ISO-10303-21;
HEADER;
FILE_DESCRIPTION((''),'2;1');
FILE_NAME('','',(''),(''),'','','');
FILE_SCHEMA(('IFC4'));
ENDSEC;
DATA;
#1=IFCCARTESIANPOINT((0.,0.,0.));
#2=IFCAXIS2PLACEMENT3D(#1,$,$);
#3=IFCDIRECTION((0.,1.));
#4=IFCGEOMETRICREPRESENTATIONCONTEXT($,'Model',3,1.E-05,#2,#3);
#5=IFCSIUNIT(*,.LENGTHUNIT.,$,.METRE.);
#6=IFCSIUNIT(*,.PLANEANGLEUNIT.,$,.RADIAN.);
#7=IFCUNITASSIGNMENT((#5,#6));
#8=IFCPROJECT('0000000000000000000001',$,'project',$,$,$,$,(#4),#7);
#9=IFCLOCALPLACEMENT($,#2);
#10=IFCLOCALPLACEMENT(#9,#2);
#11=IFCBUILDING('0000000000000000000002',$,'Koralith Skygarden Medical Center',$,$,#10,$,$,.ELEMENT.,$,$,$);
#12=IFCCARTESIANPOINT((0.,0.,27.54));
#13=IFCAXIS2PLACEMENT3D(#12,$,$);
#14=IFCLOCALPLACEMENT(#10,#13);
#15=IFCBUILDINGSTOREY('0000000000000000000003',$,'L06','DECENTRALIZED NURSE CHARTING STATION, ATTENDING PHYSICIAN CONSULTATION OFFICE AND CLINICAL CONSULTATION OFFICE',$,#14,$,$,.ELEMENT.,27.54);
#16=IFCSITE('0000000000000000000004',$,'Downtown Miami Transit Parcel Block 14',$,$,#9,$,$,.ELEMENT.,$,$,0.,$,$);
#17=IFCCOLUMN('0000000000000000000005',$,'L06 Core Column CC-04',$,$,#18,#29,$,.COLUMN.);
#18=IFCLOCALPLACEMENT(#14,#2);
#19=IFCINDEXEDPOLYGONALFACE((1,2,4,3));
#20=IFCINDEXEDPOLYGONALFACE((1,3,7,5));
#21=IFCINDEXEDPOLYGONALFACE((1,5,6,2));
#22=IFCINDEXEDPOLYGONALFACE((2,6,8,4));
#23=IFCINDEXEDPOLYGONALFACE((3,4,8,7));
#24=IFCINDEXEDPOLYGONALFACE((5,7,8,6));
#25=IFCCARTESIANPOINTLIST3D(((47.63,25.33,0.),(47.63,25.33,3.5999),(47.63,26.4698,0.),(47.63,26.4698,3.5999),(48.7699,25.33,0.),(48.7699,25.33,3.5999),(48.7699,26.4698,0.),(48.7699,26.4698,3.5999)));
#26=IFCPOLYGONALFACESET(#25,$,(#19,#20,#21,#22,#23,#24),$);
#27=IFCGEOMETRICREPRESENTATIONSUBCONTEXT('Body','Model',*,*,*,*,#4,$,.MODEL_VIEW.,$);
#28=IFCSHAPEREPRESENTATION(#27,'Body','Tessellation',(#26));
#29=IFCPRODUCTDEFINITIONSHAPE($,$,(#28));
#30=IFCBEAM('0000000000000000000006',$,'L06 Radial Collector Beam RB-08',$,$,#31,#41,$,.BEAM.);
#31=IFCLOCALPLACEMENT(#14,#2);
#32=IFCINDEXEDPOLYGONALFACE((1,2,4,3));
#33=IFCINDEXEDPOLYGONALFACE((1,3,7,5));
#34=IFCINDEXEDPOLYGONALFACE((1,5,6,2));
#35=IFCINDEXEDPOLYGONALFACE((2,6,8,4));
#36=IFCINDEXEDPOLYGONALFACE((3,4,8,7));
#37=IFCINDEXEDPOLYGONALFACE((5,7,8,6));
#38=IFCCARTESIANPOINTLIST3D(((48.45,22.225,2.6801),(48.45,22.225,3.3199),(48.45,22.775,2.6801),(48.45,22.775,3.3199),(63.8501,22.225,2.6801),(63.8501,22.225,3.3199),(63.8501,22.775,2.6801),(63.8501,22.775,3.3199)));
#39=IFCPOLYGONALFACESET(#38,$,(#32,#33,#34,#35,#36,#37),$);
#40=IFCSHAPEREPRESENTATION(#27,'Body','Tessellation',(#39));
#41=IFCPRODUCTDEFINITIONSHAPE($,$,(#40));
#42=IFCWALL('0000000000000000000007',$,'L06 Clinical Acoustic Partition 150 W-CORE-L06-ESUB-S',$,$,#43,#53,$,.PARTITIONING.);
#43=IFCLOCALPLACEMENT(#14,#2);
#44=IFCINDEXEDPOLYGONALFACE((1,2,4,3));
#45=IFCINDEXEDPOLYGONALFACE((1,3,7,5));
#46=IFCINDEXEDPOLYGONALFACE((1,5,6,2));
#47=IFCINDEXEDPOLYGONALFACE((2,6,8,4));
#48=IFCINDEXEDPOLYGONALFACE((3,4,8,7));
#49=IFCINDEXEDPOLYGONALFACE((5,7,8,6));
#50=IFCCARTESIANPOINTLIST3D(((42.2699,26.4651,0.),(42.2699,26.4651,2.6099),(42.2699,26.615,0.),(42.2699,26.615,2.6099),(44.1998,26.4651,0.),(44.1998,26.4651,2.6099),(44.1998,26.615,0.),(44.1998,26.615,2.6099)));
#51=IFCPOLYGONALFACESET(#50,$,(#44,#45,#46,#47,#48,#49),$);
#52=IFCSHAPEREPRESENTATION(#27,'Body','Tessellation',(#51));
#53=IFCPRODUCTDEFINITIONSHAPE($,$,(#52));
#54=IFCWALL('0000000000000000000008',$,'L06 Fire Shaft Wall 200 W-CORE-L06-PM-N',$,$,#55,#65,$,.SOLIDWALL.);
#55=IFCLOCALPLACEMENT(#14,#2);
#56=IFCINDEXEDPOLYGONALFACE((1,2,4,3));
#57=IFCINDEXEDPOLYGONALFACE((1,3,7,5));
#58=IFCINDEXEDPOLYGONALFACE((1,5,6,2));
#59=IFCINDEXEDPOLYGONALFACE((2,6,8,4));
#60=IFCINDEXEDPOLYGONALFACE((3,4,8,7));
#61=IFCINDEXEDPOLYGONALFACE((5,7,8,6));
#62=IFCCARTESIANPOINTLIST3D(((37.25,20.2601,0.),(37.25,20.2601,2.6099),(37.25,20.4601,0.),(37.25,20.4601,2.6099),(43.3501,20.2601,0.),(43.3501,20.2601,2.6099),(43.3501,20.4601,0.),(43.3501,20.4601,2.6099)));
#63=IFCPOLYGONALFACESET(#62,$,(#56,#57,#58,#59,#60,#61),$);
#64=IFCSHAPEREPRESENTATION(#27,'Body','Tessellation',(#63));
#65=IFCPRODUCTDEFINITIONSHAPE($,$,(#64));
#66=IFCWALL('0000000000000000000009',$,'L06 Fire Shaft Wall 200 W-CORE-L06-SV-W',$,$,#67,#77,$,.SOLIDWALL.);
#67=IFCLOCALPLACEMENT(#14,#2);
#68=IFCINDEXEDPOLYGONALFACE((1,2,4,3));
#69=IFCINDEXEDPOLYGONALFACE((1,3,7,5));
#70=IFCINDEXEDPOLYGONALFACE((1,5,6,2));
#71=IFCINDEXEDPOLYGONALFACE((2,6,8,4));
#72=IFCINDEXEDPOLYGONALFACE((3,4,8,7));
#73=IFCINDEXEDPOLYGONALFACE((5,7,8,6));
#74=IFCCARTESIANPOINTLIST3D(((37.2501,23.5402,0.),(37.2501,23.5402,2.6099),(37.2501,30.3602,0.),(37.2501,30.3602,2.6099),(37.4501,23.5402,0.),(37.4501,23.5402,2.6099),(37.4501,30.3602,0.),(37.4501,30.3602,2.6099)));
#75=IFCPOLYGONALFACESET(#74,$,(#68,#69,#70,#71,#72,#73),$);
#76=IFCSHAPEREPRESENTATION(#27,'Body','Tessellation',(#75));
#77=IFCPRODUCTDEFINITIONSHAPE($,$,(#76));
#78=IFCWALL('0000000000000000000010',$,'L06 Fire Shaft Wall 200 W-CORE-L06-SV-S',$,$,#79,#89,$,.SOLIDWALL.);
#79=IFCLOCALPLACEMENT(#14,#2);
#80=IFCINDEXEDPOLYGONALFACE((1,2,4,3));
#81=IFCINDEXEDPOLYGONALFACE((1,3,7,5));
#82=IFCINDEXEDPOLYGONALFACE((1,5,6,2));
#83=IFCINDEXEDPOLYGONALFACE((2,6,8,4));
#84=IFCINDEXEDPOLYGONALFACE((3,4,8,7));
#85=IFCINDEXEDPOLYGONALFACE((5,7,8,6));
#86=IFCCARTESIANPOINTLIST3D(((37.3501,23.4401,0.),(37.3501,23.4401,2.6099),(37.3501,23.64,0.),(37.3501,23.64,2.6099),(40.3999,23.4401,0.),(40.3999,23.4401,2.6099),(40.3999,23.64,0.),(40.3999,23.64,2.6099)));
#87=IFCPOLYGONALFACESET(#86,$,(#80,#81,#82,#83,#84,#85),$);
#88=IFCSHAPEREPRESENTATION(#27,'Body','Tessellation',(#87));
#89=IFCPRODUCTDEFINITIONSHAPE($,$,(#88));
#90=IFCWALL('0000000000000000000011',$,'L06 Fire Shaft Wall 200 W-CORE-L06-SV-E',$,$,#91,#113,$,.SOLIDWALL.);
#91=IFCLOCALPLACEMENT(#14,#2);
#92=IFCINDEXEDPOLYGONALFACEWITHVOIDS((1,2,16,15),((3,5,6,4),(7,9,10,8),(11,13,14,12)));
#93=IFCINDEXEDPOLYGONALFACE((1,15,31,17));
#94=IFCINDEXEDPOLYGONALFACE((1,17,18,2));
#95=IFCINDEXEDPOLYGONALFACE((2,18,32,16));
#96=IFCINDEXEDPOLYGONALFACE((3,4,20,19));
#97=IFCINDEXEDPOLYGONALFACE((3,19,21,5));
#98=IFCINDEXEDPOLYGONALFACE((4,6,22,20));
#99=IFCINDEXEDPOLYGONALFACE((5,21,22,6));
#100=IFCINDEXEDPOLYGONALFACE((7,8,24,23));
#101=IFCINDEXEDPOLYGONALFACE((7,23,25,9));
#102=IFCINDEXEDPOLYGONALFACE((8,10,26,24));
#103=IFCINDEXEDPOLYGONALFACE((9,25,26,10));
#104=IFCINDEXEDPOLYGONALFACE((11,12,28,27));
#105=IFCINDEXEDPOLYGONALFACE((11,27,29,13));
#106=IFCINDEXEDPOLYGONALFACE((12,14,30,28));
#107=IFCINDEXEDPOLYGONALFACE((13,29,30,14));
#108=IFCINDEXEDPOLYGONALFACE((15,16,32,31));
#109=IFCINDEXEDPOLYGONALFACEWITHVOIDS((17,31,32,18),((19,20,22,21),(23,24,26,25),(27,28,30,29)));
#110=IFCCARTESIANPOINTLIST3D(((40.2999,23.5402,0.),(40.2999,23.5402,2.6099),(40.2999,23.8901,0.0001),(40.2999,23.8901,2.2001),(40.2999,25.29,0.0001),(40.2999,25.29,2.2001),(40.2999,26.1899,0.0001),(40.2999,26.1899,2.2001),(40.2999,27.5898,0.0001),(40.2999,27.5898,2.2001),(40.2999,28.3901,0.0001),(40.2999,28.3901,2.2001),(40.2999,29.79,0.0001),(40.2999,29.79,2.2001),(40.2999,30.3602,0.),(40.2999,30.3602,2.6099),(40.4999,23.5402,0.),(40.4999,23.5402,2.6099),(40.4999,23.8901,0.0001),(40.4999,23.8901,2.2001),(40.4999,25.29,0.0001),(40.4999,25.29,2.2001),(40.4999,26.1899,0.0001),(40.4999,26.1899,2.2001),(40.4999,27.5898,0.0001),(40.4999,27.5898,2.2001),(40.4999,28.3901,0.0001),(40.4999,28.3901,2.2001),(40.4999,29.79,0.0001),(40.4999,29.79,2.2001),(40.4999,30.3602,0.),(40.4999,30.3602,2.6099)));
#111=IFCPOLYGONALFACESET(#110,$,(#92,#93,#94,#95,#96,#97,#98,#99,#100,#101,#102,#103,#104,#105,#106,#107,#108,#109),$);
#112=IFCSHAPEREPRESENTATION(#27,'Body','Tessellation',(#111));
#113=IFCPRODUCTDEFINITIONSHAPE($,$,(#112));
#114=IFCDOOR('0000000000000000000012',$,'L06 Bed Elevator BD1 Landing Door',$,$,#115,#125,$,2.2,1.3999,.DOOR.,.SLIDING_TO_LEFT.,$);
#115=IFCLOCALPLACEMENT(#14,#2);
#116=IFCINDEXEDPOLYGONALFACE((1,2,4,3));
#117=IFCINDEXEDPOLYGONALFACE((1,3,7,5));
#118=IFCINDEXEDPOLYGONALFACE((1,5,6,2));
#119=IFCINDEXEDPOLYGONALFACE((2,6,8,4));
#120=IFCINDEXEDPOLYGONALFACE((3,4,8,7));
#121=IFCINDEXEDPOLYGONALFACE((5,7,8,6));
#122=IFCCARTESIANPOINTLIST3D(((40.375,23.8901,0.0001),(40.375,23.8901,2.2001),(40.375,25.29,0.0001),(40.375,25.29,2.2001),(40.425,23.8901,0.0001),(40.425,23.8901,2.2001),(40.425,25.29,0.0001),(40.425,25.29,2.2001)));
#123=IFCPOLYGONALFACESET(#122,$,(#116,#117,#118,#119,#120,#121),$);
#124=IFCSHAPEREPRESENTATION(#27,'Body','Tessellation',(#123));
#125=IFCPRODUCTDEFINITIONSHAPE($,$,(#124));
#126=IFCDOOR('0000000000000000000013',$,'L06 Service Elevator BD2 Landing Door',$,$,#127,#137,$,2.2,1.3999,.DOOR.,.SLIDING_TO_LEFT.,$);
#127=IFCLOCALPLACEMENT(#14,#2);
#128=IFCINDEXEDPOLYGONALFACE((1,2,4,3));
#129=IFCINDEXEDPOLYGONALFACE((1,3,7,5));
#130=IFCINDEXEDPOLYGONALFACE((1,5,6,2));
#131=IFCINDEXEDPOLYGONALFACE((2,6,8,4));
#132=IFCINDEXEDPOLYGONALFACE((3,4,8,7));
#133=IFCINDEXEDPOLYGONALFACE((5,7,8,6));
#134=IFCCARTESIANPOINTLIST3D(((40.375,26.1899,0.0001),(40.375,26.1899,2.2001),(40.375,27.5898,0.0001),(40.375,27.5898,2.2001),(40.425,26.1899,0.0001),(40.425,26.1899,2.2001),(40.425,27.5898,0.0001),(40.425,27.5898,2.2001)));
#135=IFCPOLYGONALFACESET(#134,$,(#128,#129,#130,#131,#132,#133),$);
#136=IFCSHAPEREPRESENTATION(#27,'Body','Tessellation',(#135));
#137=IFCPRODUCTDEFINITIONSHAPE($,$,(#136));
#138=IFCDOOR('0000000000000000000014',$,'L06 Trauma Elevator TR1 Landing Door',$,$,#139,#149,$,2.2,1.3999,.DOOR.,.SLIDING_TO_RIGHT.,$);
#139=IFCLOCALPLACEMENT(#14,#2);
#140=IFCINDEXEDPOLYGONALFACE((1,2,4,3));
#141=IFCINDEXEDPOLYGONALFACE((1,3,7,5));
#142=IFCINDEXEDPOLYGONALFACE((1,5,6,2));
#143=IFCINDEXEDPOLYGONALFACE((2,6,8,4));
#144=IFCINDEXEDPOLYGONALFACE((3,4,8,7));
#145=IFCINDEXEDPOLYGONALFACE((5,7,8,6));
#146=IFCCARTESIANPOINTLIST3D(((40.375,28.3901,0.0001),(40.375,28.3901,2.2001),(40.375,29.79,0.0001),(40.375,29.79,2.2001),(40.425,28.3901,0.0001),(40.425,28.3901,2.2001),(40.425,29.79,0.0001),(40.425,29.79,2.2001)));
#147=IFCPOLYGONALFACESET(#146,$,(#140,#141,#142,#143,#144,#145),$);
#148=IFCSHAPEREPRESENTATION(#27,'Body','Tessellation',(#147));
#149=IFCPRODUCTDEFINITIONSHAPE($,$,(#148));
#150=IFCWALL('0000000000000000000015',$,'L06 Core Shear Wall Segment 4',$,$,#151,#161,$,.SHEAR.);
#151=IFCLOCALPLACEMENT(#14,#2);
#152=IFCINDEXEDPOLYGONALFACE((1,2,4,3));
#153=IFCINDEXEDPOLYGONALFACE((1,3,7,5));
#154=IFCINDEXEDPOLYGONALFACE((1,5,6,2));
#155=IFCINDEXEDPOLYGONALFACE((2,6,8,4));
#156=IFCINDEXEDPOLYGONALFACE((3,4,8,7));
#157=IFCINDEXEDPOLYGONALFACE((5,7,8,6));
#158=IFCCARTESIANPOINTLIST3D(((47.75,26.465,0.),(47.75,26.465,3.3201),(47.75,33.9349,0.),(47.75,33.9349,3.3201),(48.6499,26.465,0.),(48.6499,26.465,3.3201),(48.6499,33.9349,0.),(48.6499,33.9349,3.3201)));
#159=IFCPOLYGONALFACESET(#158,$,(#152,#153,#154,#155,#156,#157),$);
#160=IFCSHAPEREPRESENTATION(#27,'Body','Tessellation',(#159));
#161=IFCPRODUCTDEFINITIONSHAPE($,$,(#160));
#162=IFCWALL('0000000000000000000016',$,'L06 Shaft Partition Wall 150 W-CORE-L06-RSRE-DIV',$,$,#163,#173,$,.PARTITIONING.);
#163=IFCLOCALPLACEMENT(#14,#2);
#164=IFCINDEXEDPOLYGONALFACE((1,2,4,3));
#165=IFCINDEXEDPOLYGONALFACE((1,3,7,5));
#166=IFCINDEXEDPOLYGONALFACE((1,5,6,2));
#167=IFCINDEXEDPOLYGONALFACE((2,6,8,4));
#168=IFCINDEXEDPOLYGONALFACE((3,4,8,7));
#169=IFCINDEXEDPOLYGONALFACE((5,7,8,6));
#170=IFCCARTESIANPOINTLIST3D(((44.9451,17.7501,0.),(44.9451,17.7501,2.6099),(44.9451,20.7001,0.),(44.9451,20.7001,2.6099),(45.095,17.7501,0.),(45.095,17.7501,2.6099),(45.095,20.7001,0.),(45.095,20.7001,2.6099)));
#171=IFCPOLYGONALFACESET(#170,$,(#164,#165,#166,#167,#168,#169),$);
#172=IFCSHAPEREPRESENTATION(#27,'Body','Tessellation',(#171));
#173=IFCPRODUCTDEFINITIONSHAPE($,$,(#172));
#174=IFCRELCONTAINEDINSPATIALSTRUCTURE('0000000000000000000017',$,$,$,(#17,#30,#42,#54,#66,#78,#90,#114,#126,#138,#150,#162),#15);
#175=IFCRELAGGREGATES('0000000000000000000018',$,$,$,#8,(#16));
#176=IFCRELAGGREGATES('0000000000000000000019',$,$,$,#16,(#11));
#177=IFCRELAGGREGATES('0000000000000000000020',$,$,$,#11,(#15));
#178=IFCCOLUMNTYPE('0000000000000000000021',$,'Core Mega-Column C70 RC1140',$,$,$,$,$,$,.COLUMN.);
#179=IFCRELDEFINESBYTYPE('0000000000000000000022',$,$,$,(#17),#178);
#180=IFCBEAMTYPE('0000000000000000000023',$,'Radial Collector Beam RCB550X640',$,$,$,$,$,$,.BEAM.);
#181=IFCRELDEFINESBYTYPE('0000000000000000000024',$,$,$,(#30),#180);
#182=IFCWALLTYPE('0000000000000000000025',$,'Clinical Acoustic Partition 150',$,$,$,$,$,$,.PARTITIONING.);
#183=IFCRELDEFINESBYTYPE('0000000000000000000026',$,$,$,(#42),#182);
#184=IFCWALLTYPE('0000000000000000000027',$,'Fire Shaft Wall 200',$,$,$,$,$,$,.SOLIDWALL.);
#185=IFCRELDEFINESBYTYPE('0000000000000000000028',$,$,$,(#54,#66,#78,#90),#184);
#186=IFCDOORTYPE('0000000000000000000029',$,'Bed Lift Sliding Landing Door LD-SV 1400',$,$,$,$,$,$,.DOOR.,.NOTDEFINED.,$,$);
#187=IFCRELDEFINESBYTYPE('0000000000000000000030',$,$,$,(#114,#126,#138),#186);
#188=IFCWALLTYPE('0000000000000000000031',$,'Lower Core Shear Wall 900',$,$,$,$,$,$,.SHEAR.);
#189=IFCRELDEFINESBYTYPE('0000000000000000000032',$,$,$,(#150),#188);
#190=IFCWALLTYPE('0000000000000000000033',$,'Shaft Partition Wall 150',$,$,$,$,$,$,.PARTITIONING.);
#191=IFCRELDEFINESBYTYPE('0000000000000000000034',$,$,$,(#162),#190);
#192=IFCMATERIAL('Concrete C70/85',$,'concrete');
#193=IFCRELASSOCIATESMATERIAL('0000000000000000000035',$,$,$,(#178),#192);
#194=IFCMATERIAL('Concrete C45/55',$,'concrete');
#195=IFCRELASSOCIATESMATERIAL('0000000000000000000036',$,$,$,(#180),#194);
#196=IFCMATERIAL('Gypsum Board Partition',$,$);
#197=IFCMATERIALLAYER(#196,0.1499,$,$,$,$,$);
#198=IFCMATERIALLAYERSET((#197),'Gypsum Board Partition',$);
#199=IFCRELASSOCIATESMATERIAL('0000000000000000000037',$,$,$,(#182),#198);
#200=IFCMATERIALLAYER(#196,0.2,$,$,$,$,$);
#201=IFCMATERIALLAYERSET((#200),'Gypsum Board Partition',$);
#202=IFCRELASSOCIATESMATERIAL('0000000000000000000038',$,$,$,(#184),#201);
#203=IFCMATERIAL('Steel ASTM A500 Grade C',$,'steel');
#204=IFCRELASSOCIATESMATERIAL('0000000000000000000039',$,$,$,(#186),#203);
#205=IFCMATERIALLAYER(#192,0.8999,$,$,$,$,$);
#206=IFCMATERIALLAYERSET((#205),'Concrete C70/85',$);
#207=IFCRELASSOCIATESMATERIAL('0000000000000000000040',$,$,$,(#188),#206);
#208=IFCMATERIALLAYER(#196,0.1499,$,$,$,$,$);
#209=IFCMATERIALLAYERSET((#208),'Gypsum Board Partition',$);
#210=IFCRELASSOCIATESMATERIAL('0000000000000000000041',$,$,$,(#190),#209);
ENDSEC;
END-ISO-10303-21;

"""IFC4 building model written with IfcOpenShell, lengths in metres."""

from ifc_helpers import new_model, si_unit, direction, frame, frame_2d, origin, origin_2d, place, context, subcontext, project, spatial, rectangle, extrude, material, layer, layer_set, material_profile, profile_set, type_object, element, fill, save


model = new_model("IFC4")

# Units and contexts
model_context = context("Model", 3, precision=1e-05, world=origin(), true_north=direction((0.0, 1.0)))
body_context = subcontext(model_context, "Body", "Model", "MODEL_VIEW")
ifc_project = project(units=[si_unit("LENGTHUNIT", "METRE"), si_unit("PLANEANGLEUNIT", "RADIAN")], contexts=[model_context])

# Site, building, storey
site_placement = place(None, origin())
site = spatial("IfcSite", under=ifc_project, at=site_placement, Name="Downtown Miami Transit Parcel Block 14", CompositionType="ELEMENT", RefElevation=0.0)
building_placement = place(site_placement, origin())
building = spatial("IfcBuilding", under=site, at=building_placement, Name="Koralith Skygarden Medical Center", CompositionType="ELEMENT")
storey_placement = place(building_placement, frame((0.0, 0.0, 27.54)))
storey = spatial("IfcBuildingStorey", under=building, at=storey_placement, Name="L06", Description="DECENTRALIZED NURSE CHARTING STATION, ATTENDING PHYSICIAN CONSULTATION OFFICE AND CLINICAL CONSULTATION OFFICE", CompositionType="ELEMENT", Elevation=27.54)

# Column
ifc_material_1 = material(Name="Concrete C70/85", Category="concrete")
ifc_material_profile_1 = material_profile(ifc_material_1, rectangle(XDim=1.1399, YDim=1.1399, at=origin_2d()), Name="RC1140X1140")
ifc_profile_set_1 = profile_set([ifc_material_profile_1], Name="Concrete C70/85")
column_type = type_object("IfcColumnType", Name="Core Mega-Column C70 RC1140", PredefinedType="COLUMN", material=ifc_profile_set_1)
column_placement = place(storey_placement, frame((48.2, 25.8999, 0.0), z_axis=(0.0, 0.0, 1.0), x_axis=(1.0, 0.0, 0.0)))
element("IfcColumn", 1, at=column_placement, inside=storey, type_object=column_type, Name="L06 Core Column CC-04", PredefinedType="COLUMN", context=body_context, shape_type="SweptSolid", body=[
    extrude(rectangle(XDim=1.1399, YDim=1.1399, at=origin_2d()), origin(), (0.0, 0.0, 1.0), 3.5999),
])

# Beam
ifc_material_2 = material(Name="Concrete C45/55", Category="concrete")
ifc_material_profile_2 = material_profile(ifc_material_2, rectangle(XDim=0.55, YDim=0.6399, at=origin_2d()), Name="RCB550X640")
ifc_profile_set_2 = profile_set([ifc_material_profile_2], Name="Concrete C45/55")
beam_type = type_object("IfcBeamType", Name="Radial Collector Beam RCB550X640", PredefinedType="BEAM", material=ifc_profile_set_2)
beam_placement = place(storey_placement, frame((48.45, 22.5, 3.0), z_axis=(1.0, 0.0, 0.0), x_axis=(0.0, 1.0, 0.0)))
element("IfcBeam", 2, at=beam_placement, inside=storey, type_object=beam_type, Name="L06 Radial Collector Beam RB-08", PredefinedType="BEAM", context=body_context, shape_type="SweptSolid", body=[
    extrude(rectangle(XDim=0.55, YDim=0.6399, at=origin_2d()), origin(), (0.0, 0.0, 1.0), 15.4001),
])

# Shared definitions
ifc_material_3 = material(Name="Gypsum Board Partition")
ifc_layer_1 = layer(ifc_material_3, 0.1499)
ifc_layer_set_1 = layer_set([ifc_layer_1], Name="Gypsum Board Partition")
wall_type_1 = type_object("IfcWallType", Name="Clinical Acoustic Partition 150", PredefinedType="PARTITIONING", material=ifc_layer_set_1)

# Wall
wall_1_placement = place(storey_placement, frame((42.27, 26.54, 0.0), z_axis=(0.0, 0.0, 1.0), x_axis=(1.0, 0.0, 0.0)))
element("IfcWall", 3, at=wall_1_placement, inside=storey, type_object=wall_type_1, Name="L06 Clinical Acoustic Partition 150 W-CORE-L06-ESUB-S", PredefinedType="PARTITIONING", context=body_context, shape_type="SweptSolid", body=[
    extrude(rectangle(XDim=1.9299, YDim=0.1499, at=frame_2d((0.9648, 0.0))), origin(), (0.0, 0.0, 1.0), 2.6099),
])

# Shared definitions
ifc_layer_2 = layer(ifc_material_3, 0.2)
ifc_layer_set_2 = layer_set([ifc_layer_2], Name="Gypsum Board Partition")
wall_type_2 = type_object("IfcWallType", Name="Fire Shaft Wall 200", PredefinedType="SOLIDWALL", material=ifc_layer_set_2)
ifc_material_4 = material(Name="Steel ASTM A500 Grade C", Category="steel")

# Walls
wall_2_placement = place(storey_placement, frame((37.25, 20.3601, 0.0), z_axis=(0.0, 0.0, 1.0), x_axis=(1.0, 0.0, 0.0)))
element("IfcWall", 4, at=wall_2_placement, inside=storey, type_object=wall_type_2, Name="L06 Fire Shaft Wall 200 W-CORE-L06-PM-N", PredefinedType="SOLIDWALL", context=body_context, shape_type="SweptSolid", body=[
    extrude(rectangle(XDim=6.1001, YDim=0.2, at=frame_2d((3.05, 0.0))), origin(), (0.0, 0.0, 1.0), 2.6099),
])
wall_3_placement = place(storey_placement, frame((37.3501, 23.54, 0.0), z_axis=(0.0, 0.0, 1.0), x_axis=(0.0, 1.0, 0.0)))
element("IfcWall", 5, at=wall_3_placement, inside=storey, type_object=wall_type_2, Name="L06 Fire Shaft Wall 200 W-CORE-L06-SV-W", PredefinedType="SOLIDWALL", context=body_context, shape_type="SweptSolid", body=[
    extrude(rectangle(XDim=6.8201, YDim=0.2, at=frame_2d((3.4102, 0.0))), origin(), (0.0, 0.0, 1.0), 2.6099),
])
wall_4_placement = place(storey_placement, frame((37.3501, 23.54, 0.0), z_axis=(0.0, 0.0, 1.0), x_axis=(1.0, 0.0, 0.0)))
element("IfcWall", 6, at=wall_4_placement, inside=storey, type_object=wall_type_2, Name="L06 Fire Shaft Wall 200 W-CORE-L06-SV-S", PredefinedType="SOLIDWALL", context=body_context, shape_type="SweptSolid", body=[
    extrude(rectangle(XDim=3.0498, YDim=0.2, at=frame_2d((1.5249, 0.0))), origin(), (0.0, 0.0, 1.0), 2.6099),
])

# Wall, openings, doors
wall_5_placement = place(storey_placement, frame((40.3999, 23.54, 0.0), z_axis=(0.0, 0.0, 1.0), x_axis=(0.0, 1.0, 0.0)))
wall_5 = element("IfcWall", 7, at=wall_5_placement, inside=storey, type_object=wall_type_2, Name="L06 Fire Shaft Wall 200 W-CORE-L06-SV-E", PredefinedType="SOLIDWALL", context=body_context, shape_type="SweptSolid", body=[
    extrude(rectangle(XDim=6.8201, YDim=0.2, at=frame_2d((3.4102, 0.0))), origin(), (0.0, 0.0, 1.0), 2.6099),
])
opening_1_placement = place(wall_5_placement, frame((0.3501, 0.0, 0.0)))
opening_1 = element("IfcOpeningElement", 8, at=opening_1_placement, cuts=wall_5, PredefinedType="OPENING", context=body_context, shape_type="SweptSolid", body=[
    extrude(rectangle(XDim=1.3999, YDim=2.2, at=frame_2d((0.7, 1.1001))), frame((0.0, 0.1099, 0.0), z_axis=(0.0, -1.0, 0.0), x_axis=(1.0, 0.0, 0.0)), (0.0, 0.0, 1.0), 0.22),
])
opening_2_placement = place(wall_5_placement, frame((2.6499, 0.0, 0.0)))
opening_2 = element("IfcOpeningElement", 9, at=opening_2_placement, cuts=wall_5, PredefinedType="OPENING", context=body_context, shape_type="SweptSolid", body=[
    extrude(rectangle(XDim=1.3999, YDim=2.2, at=frame_2d((0.7, 1.1001))), frame((0.0, 0.1099, 0.0), z_axis=(0.0, -1.0, 0.0), x_axis=(1.0, 0.0, 0.0)), (0.0, 0.0, 1.0), 0.22),
])
opening_3_placement = place(wall_5_placement, frame((4.8501, 0.0, 0.0)))
opening_3 = element("IfcOpeningElement", 10, at=opening_3_placement, cuts=wall_5, PredefinedType="OPENING", context=body_context, shape_type="SweptSolid", body=[
    extrude(rectangle(XDim=1.3999, YDim=2.2, at=frame_2d((0.7, 1.1001))), frame((0.0, 0.1099, 0.0), z_axis=(0.0, -1.0, 0.0), x_axis=(1.0, 0.0, 0.0)), (0.0, 0.0, 1.0), 0.22),
])
door_type_1 = type_object("IfcDoorType", Name="Bed Lift Sliding Landing Door LD-SV 1400", OperationType="NOTDEFINED", PredefinedType="DOOR", material=ifc_material_4)
door_1_placement = place(opening_1_placement, origin())
door_1 = element("IfcDoor", 11, at=door_1_placement, inside=storey, type_object=door_type_1, Name="L06 Bed Elevator BD1 Landing Door", OperationType="SLIDING_TO_LEFT", OverallHeight=2.2, OverallWidth=1.3999, PredefinedType="DOOR", context=body_context, shape_type="SweptSolid", body=[
    extrude(rectangle(XDim=1.3999, YDim=2.2, at=frame_2d((0.7, 1.1001))), frame((0.0, 0.0249, 0.0), z_axis=(0.0, -1.0, 0.0), x_axis=(1.0, 0.0, 0.0)), (0.0, 0.0, 1.0), 0.05),
])
fill(opening_1, door_1)
door_2_placement = place(opening_2_placement, origin())
door_2 = element("IfcDoor", 12, at=door_2_placement, inside=storey, type_object=door_type_1, Name="L06 Service Elevator BD2 Landing Door", OperationType="SLIDING_TO_LEFT", OverallHeight=2.2, OverallWidth=1.3999, PredefinedType="DOOR", context=body_context, shape_type="SweptSolid", body=[
    extrude(rectangle(XDim=1.3999, YDim=2.2, at=frame_2d((0.7, 1.1001))), frame((0.0, 0.0249, 0.0), z_axis=(0.0, -1.0, 0.0), x_axis=(1.0, 0.0, 0.0)), (0.0, 0.0, 1.0), 0.05),
])
fill(opening_2, door_2)
door_3_placement = place(opening_3_placement, origin())
door_3 = element("IfcDoor", 13, at=door_3_placement, inside=storey, type_object=door_type_1, Name="L06 Trauma Elevator TR1 Landing Door", OperationType="SLIDING_TO_RIGHT", OverallHeight=2.2, OverallWidth=1.3999, PredefinedType="DOOR", context=body_context, shape_type="SweptSolid", body=[
    extrude(rectangle(XDim=1.3999, YDim=2.2, at=frame_2d((0.7, 1.1001))), frame((0.0, 0.0249, 0.0), z_axis=(0.0, -1.0, 0.0), x_axis=(1.0, 0.0, 0.0)), (0.0, 0.0, 1.0), 0.05),
])
fill(opening_3, door_3)

# Shared definitions
ifc_layer_3 = layer(ifc_material_1, 0.8999)
ifc_layer_set_3 = layer_set([ifc_layer_3], Name="Concrete C70/85")
wall_type_3 = type_object("IfcWallType", Name="Lower Core Shear Wall 900", PredefinedType="SHEAR", material=ifc_layer_set_3)

# Walls
wall_6_placement = place(storey_placement, frame((48.2, 26.4651, 0.0), z_axis=(0.0, 0.0, 1.0), x_axis=(0.0, 1.0, 0.0)))
element("IfcWall", 14, at=wall_6_placement, inside=storey, type_object=wall_type_3, Name="L06 Core Shear Wall Segment 4", PredefinedType="SHEAR", context=body_context, shape_type="SweptSolid", body=[
    extrude(rectangle(XDim=7.47, YDim=0.8999, at=frame_2d((3.7349, 0.0))), origin(), (0.0, 0.0, 1.0), 3.3201),
])
ifc_layer_4 = layer(ifc_material_3, 0.1499)
ifc_layer_set_4 = layer_set([ifc_layer_4], Name="Gypsum Board Partition")
wall_type_4 = type_object("IfcWallType", Name="Shaft Partition Wall 150", PredefinedType="PARTITIONING", material=ifc_layer_set_4)
wall_7_placement = place(storey_placement, frame((45.02, 17.75, 0.0), z_axis=(0.0, 0.0, 1.0), x_axis=(0.0, 1.0, 0.0)))
element("IfcWall", 15, at=wall_7_placement, inside=storey, type_object=wall_type_4, Name="L06 Shaft Partition Wall 150 W-CORE-L06-RSRE-DIV", PredefinedType="PARTITIONING", context=body_context, shape_type="SweptSolid", body=[
    extrude(rectangle(XDim=2.95, YDim=0.1499, at=frame_2d((1.4751, 0.0))), origin(), (0.0, 0.0, 1.0), 2.6099),
])

save(model, "model.ifc")
